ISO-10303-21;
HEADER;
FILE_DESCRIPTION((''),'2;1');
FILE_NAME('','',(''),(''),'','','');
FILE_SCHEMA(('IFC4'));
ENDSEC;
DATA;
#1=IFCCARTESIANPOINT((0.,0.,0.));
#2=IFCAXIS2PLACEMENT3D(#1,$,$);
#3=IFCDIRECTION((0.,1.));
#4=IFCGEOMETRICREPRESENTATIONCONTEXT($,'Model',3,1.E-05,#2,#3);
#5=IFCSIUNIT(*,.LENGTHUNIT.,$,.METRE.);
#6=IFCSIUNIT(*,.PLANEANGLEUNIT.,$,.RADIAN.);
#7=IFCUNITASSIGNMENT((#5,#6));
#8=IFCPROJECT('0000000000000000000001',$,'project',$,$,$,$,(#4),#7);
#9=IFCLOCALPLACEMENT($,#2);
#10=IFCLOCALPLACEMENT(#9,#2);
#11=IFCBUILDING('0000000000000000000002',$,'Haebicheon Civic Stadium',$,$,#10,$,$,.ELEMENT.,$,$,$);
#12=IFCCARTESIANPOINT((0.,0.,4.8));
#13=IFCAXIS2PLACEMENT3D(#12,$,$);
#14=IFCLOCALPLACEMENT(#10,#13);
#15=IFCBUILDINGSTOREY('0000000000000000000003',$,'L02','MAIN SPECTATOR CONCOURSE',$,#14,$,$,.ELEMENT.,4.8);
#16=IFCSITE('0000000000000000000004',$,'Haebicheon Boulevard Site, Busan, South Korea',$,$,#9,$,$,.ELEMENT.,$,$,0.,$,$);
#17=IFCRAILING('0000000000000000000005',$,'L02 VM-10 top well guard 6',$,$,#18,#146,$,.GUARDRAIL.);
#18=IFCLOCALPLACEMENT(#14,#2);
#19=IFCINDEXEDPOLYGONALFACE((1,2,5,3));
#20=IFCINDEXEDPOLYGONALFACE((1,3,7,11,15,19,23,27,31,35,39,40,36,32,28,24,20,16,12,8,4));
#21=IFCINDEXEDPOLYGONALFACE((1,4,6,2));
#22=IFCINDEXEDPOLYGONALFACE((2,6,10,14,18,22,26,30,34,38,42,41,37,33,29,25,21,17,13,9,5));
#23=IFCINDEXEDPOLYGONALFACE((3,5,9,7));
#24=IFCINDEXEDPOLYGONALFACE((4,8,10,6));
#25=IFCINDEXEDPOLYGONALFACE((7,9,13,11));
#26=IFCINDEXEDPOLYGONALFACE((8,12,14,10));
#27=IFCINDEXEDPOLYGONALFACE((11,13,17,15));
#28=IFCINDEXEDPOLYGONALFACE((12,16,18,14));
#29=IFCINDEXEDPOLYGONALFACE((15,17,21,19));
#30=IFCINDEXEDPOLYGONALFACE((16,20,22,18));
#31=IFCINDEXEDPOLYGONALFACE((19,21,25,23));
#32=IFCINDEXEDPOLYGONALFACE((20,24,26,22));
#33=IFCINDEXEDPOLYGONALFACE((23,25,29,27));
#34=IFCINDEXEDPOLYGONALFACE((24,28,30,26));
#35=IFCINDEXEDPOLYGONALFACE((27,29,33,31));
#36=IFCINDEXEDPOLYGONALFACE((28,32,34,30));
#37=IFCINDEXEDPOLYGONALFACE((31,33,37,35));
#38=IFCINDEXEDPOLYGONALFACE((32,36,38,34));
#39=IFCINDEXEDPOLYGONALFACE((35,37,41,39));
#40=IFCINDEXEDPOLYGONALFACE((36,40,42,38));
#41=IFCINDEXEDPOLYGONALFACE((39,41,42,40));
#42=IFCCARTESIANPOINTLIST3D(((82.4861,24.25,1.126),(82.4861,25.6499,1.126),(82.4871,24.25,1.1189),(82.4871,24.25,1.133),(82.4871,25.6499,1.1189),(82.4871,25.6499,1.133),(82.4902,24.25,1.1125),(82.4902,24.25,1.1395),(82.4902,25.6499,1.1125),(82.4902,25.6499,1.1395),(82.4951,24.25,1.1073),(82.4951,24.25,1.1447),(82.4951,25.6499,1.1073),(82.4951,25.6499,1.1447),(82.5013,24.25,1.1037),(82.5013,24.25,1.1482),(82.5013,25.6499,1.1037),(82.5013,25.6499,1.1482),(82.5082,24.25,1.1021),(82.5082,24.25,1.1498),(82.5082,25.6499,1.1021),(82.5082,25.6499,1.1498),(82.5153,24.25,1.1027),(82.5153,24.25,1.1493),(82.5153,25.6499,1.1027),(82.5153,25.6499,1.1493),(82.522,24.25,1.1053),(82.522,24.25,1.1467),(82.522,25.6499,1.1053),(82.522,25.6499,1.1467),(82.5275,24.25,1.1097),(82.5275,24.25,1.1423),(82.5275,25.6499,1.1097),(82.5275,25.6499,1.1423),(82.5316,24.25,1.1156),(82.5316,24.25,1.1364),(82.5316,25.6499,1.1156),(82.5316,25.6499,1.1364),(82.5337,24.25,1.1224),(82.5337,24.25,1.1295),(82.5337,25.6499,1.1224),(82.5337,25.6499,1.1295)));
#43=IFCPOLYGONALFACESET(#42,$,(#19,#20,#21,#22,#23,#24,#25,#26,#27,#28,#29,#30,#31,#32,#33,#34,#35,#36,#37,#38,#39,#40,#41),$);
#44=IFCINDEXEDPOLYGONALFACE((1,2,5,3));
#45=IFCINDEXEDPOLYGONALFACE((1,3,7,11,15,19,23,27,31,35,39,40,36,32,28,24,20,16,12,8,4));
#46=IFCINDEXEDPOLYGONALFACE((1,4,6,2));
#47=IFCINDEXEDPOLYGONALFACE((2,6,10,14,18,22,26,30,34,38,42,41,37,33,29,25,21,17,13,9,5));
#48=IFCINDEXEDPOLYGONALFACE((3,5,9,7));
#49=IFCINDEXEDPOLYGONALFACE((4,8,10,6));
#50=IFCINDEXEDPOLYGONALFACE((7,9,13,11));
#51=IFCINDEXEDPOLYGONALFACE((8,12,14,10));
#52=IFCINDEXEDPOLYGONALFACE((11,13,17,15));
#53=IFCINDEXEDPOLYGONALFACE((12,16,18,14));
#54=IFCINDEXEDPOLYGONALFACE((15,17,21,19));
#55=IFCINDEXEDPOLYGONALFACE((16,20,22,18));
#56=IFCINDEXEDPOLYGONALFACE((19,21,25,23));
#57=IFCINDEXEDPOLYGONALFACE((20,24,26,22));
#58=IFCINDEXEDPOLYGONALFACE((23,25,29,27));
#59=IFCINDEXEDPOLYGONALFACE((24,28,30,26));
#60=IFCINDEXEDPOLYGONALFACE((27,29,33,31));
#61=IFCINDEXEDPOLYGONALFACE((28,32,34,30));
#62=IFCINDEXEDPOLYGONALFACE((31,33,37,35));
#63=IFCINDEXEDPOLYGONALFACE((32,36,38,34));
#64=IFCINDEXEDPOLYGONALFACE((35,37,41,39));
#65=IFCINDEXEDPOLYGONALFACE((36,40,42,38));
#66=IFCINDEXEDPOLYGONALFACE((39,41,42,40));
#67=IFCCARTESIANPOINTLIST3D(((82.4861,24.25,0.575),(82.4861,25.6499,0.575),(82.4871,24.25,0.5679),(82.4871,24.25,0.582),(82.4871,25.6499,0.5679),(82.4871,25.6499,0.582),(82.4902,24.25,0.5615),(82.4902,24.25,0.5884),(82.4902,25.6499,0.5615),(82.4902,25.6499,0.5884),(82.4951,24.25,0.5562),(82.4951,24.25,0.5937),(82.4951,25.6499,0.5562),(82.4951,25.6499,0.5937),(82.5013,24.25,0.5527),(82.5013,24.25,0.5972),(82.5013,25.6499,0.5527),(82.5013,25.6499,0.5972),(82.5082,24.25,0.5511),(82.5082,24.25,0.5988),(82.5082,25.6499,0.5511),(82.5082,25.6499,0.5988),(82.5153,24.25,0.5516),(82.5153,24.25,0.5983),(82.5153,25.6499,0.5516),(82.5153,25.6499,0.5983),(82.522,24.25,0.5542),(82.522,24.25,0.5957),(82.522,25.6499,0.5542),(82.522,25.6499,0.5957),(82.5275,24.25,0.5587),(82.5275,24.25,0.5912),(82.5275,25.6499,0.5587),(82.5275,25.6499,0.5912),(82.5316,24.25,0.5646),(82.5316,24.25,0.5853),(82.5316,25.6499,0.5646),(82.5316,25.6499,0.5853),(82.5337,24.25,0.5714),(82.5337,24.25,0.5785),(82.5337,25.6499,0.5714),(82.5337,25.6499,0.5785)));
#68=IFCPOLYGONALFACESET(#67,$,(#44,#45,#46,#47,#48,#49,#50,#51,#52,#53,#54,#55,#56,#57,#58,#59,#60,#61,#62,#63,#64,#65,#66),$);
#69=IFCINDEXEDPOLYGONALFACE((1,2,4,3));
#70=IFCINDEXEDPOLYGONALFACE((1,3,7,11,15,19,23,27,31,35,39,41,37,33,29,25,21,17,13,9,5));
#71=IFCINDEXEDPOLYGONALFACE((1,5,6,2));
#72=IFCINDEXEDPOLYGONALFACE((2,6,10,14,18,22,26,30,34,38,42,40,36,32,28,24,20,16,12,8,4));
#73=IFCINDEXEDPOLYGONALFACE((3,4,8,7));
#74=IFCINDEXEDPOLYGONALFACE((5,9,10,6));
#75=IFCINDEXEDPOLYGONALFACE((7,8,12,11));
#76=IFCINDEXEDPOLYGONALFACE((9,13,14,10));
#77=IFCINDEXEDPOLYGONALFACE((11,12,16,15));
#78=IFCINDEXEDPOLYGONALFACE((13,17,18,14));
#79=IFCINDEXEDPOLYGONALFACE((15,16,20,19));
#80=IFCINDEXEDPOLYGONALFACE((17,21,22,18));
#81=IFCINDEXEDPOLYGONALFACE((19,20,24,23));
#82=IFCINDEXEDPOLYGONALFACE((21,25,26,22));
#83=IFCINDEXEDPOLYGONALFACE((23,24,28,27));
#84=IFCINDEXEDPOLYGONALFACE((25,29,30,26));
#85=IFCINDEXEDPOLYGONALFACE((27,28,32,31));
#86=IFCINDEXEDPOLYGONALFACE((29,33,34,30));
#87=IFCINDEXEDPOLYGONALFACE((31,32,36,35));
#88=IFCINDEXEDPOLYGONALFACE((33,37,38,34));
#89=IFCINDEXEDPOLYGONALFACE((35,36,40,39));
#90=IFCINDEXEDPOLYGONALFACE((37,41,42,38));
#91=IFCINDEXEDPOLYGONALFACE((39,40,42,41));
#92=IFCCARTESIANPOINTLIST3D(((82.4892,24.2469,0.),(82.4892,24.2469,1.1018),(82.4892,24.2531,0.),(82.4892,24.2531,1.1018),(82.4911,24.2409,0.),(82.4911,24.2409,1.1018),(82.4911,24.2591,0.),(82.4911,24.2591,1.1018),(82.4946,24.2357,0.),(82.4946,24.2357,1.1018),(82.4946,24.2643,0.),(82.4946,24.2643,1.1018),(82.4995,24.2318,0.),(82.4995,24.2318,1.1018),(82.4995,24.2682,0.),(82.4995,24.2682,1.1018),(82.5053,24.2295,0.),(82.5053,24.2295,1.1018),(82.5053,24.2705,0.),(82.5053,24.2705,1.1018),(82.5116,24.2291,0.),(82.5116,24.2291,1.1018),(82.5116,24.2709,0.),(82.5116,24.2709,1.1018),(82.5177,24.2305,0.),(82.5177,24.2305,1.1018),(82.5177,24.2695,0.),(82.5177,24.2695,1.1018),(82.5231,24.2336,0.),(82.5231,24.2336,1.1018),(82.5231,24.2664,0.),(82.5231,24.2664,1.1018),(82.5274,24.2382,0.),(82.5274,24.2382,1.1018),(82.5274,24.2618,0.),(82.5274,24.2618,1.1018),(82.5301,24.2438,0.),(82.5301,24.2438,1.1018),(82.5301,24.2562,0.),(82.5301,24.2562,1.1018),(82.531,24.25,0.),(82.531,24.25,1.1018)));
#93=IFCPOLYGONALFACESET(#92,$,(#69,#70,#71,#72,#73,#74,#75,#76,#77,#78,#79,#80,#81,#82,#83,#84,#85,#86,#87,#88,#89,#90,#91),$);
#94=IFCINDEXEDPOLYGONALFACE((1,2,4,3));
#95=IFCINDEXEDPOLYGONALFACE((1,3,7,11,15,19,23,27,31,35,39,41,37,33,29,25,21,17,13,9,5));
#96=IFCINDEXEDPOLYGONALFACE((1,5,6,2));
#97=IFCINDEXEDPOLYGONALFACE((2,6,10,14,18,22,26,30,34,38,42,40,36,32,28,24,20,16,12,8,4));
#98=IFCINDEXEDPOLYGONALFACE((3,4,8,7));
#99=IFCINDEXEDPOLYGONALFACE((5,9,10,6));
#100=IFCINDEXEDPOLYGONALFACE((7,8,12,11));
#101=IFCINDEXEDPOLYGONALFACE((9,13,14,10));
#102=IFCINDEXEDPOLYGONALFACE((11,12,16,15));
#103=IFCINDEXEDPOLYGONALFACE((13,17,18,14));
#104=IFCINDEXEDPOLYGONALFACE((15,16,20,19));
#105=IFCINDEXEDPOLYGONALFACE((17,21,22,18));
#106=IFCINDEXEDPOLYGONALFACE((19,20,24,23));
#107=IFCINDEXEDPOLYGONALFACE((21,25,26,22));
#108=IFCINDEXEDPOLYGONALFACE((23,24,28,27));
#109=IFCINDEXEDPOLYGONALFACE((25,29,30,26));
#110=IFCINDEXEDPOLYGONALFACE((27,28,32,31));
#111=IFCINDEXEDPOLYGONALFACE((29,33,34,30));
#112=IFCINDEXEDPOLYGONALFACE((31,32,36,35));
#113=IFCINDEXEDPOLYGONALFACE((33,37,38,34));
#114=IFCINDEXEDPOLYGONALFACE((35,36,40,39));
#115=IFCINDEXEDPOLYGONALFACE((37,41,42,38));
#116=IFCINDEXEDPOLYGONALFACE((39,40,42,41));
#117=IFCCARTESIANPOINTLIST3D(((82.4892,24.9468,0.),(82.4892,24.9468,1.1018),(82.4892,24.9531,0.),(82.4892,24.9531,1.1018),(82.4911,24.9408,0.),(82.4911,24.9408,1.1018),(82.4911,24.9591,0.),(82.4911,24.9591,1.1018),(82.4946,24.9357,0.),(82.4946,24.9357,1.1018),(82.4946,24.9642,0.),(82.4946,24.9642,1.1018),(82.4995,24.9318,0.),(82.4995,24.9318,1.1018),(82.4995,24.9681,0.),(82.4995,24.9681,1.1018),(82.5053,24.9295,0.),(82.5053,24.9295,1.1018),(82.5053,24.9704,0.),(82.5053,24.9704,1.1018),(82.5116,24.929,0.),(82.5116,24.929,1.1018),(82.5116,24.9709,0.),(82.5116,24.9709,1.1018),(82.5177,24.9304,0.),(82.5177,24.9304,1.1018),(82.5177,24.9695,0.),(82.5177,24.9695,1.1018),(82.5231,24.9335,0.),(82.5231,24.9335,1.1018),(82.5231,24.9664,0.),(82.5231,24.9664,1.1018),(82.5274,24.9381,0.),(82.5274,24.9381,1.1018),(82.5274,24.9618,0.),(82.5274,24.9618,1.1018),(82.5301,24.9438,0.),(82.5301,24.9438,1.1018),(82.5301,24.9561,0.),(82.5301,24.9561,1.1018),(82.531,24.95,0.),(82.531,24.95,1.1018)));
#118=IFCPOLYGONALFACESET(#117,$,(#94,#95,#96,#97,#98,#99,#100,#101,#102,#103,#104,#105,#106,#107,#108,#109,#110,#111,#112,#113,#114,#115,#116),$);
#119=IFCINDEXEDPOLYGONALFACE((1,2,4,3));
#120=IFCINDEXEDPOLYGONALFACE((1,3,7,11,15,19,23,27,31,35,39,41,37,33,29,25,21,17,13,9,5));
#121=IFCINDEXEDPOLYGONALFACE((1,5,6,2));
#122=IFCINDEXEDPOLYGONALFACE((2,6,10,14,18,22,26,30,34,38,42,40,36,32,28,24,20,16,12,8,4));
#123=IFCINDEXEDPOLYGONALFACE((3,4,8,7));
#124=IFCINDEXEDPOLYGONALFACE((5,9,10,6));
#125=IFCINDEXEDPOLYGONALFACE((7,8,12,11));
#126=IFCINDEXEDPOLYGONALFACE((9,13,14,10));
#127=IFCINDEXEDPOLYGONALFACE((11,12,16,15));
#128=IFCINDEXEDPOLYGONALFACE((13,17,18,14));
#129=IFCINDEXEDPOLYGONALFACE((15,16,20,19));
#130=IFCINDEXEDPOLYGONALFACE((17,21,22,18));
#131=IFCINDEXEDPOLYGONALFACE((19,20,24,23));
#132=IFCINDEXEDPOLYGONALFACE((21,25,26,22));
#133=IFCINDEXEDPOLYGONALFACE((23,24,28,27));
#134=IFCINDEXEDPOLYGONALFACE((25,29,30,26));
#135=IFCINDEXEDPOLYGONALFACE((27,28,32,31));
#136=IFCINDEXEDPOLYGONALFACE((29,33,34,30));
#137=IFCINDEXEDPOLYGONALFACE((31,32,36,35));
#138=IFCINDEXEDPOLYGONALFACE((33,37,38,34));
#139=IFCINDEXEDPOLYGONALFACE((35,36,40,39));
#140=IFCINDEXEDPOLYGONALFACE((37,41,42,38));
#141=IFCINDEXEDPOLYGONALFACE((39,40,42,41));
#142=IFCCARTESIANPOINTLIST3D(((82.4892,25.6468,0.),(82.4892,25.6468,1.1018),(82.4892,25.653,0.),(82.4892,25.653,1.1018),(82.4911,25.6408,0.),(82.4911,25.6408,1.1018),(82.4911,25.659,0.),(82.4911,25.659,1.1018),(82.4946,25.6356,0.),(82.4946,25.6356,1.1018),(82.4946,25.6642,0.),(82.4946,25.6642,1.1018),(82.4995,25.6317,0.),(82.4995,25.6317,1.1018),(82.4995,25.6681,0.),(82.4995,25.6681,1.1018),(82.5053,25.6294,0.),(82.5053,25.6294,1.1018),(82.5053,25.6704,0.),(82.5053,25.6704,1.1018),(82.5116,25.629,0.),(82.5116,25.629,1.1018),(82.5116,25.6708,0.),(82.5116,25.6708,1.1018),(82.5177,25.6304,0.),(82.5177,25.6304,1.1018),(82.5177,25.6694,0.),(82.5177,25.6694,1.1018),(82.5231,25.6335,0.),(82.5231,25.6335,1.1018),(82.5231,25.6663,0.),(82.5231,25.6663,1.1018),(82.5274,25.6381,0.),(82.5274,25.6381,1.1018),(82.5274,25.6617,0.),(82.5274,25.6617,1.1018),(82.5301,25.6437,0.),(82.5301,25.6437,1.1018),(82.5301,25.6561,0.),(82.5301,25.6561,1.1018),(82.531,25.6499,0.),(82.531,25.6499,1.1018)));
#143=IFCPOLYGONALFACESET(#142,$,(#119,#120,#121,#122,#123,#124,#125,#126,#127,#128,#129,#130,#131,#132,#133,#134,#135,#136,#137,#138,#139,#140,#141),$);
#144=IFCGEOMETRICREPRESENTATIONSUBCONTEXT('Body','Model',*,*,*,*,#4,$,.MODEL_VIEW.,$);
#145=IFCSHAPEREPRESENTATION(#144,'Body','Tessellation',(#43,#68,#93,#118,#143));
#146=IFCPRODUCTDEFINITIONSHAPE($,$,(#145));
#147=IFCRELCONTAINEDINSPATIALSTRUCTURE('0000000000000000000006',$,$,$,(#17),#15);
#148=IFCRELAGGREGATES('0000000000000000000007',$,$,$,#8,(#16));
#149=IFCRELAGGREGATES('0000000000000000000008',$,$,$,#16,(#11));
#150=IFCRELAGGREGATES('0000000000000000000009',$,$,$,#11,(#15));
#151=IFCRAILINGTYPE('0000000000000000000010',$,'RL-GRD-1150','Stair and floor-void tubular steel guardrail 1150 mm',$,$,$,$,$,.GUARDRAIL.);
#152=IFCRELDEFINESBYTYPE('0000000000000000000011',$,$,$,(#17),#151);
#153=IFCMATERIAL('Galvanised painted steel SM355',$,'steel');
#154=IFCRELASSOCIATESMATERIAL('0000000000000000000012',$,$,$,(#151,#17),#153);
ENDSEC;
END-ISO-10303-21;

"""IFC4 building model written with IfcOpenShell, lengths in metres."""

from ifc_helpers import new_model, si_unit, direction, frame, origin, origin_2d, place, context, subcontext, project, spatial, circle, extrude, material, type_object, element, save


model = new_model("IFC4")

# Units and contexts
model_context = context("Model", 3, precision=1e-05, world=origin(), true_north=direction((0.0, 1.0)))
body_context = subcontext(model_context, "Body", "Model", "MODEL_VIEW")
ifc_project = project(units=[si_unit("LENGTHUNIT", "METRE"), si_unit("PLANEANGLEUNIT", "RADIAN")], contexts=[model_context])

# Site, building, storey
site_placement = place(None, origin())
site = spatial("IfcSite", under=ifc_project, at=site_placement, Name="Haebicheon Boulevard Site, Busan, South Korea", CompositionType="ELEMENT", RefElevation=0.0)
building_placement = place(site_placement, origin())
building = spatial("IfcBuilding", under=site, at=building_placement, Name="Haebicheon Civic Stadium", CompositionType="ELEMENT")
storey_placement = place(building_placement, frame((0.0, 0.0, 4.8)))
storey = spatial("IfcBuildingStorey", under=building, at=storey_placement, Name="L02", Description="MAIN SPECTATOR CONCOURSE", CompositionType="ELEMENT", Elevation=4.8)

# Railing
ifc_material_1 = material(Name="Galvanised painted steel SM355", Category="steel")
railing_type_1 = type_object("IfcRailingType", Name="RL-GRD-1150", Description="Stair and floor-void tubular steel guardrail 1150 mm", PredefinedType="GUARDRAIL", material=ifc_material_1)
for number, where, name in (
    (1, (82.51, 24.25, 0.0), "L02 VM-10 top well guard 6"),
):
    element("IfcRailing", number, at=place(storey_placement, frame(where)), inside=storey, type_object=railing_type_1, material=ifc_material_1, Name=name, PredefinedType="GUARDRAIL", context=body_context, shape_type="SweptSolid", body=[
        extrude(circle(Radius=0.0239, at=origin_2d()), frame((0.0, 0.0, 1.126), z_axis=(0.0, 1.0, 0.0), x_axis=(-1.0, 0.0, 0.0)), (0.0, 0.0, 1.0), 1.3999),
        extrude(circle(Radius=0.0239, at=origin_2d()), frame((0.0, 0.0, 0.575), z_axis=(0.0, 1.0, 0.0), x_axis=(-1.0, 0.0, 0.0)), (0.0, 0.0, 1.0), 1.3999),
        extrude(circle(Radius=0.021, at=origin_2d()), origin(), (0.0, 0.0, 1.0), 1.1018),
        extrude(circle(Radius=0.021, at=origin_2d()), frame((0.0, 0.7, 0.0)), (0.0, 0.0, 1.0), 1.1018),
        extrude(circle(Radius=0.021, at=origin_2d()), frame((0.0, 1.3999, 0.0)), (0.0, 0.0, 1.0), 1.1018),
    ])

save(model, "model.ifc")
